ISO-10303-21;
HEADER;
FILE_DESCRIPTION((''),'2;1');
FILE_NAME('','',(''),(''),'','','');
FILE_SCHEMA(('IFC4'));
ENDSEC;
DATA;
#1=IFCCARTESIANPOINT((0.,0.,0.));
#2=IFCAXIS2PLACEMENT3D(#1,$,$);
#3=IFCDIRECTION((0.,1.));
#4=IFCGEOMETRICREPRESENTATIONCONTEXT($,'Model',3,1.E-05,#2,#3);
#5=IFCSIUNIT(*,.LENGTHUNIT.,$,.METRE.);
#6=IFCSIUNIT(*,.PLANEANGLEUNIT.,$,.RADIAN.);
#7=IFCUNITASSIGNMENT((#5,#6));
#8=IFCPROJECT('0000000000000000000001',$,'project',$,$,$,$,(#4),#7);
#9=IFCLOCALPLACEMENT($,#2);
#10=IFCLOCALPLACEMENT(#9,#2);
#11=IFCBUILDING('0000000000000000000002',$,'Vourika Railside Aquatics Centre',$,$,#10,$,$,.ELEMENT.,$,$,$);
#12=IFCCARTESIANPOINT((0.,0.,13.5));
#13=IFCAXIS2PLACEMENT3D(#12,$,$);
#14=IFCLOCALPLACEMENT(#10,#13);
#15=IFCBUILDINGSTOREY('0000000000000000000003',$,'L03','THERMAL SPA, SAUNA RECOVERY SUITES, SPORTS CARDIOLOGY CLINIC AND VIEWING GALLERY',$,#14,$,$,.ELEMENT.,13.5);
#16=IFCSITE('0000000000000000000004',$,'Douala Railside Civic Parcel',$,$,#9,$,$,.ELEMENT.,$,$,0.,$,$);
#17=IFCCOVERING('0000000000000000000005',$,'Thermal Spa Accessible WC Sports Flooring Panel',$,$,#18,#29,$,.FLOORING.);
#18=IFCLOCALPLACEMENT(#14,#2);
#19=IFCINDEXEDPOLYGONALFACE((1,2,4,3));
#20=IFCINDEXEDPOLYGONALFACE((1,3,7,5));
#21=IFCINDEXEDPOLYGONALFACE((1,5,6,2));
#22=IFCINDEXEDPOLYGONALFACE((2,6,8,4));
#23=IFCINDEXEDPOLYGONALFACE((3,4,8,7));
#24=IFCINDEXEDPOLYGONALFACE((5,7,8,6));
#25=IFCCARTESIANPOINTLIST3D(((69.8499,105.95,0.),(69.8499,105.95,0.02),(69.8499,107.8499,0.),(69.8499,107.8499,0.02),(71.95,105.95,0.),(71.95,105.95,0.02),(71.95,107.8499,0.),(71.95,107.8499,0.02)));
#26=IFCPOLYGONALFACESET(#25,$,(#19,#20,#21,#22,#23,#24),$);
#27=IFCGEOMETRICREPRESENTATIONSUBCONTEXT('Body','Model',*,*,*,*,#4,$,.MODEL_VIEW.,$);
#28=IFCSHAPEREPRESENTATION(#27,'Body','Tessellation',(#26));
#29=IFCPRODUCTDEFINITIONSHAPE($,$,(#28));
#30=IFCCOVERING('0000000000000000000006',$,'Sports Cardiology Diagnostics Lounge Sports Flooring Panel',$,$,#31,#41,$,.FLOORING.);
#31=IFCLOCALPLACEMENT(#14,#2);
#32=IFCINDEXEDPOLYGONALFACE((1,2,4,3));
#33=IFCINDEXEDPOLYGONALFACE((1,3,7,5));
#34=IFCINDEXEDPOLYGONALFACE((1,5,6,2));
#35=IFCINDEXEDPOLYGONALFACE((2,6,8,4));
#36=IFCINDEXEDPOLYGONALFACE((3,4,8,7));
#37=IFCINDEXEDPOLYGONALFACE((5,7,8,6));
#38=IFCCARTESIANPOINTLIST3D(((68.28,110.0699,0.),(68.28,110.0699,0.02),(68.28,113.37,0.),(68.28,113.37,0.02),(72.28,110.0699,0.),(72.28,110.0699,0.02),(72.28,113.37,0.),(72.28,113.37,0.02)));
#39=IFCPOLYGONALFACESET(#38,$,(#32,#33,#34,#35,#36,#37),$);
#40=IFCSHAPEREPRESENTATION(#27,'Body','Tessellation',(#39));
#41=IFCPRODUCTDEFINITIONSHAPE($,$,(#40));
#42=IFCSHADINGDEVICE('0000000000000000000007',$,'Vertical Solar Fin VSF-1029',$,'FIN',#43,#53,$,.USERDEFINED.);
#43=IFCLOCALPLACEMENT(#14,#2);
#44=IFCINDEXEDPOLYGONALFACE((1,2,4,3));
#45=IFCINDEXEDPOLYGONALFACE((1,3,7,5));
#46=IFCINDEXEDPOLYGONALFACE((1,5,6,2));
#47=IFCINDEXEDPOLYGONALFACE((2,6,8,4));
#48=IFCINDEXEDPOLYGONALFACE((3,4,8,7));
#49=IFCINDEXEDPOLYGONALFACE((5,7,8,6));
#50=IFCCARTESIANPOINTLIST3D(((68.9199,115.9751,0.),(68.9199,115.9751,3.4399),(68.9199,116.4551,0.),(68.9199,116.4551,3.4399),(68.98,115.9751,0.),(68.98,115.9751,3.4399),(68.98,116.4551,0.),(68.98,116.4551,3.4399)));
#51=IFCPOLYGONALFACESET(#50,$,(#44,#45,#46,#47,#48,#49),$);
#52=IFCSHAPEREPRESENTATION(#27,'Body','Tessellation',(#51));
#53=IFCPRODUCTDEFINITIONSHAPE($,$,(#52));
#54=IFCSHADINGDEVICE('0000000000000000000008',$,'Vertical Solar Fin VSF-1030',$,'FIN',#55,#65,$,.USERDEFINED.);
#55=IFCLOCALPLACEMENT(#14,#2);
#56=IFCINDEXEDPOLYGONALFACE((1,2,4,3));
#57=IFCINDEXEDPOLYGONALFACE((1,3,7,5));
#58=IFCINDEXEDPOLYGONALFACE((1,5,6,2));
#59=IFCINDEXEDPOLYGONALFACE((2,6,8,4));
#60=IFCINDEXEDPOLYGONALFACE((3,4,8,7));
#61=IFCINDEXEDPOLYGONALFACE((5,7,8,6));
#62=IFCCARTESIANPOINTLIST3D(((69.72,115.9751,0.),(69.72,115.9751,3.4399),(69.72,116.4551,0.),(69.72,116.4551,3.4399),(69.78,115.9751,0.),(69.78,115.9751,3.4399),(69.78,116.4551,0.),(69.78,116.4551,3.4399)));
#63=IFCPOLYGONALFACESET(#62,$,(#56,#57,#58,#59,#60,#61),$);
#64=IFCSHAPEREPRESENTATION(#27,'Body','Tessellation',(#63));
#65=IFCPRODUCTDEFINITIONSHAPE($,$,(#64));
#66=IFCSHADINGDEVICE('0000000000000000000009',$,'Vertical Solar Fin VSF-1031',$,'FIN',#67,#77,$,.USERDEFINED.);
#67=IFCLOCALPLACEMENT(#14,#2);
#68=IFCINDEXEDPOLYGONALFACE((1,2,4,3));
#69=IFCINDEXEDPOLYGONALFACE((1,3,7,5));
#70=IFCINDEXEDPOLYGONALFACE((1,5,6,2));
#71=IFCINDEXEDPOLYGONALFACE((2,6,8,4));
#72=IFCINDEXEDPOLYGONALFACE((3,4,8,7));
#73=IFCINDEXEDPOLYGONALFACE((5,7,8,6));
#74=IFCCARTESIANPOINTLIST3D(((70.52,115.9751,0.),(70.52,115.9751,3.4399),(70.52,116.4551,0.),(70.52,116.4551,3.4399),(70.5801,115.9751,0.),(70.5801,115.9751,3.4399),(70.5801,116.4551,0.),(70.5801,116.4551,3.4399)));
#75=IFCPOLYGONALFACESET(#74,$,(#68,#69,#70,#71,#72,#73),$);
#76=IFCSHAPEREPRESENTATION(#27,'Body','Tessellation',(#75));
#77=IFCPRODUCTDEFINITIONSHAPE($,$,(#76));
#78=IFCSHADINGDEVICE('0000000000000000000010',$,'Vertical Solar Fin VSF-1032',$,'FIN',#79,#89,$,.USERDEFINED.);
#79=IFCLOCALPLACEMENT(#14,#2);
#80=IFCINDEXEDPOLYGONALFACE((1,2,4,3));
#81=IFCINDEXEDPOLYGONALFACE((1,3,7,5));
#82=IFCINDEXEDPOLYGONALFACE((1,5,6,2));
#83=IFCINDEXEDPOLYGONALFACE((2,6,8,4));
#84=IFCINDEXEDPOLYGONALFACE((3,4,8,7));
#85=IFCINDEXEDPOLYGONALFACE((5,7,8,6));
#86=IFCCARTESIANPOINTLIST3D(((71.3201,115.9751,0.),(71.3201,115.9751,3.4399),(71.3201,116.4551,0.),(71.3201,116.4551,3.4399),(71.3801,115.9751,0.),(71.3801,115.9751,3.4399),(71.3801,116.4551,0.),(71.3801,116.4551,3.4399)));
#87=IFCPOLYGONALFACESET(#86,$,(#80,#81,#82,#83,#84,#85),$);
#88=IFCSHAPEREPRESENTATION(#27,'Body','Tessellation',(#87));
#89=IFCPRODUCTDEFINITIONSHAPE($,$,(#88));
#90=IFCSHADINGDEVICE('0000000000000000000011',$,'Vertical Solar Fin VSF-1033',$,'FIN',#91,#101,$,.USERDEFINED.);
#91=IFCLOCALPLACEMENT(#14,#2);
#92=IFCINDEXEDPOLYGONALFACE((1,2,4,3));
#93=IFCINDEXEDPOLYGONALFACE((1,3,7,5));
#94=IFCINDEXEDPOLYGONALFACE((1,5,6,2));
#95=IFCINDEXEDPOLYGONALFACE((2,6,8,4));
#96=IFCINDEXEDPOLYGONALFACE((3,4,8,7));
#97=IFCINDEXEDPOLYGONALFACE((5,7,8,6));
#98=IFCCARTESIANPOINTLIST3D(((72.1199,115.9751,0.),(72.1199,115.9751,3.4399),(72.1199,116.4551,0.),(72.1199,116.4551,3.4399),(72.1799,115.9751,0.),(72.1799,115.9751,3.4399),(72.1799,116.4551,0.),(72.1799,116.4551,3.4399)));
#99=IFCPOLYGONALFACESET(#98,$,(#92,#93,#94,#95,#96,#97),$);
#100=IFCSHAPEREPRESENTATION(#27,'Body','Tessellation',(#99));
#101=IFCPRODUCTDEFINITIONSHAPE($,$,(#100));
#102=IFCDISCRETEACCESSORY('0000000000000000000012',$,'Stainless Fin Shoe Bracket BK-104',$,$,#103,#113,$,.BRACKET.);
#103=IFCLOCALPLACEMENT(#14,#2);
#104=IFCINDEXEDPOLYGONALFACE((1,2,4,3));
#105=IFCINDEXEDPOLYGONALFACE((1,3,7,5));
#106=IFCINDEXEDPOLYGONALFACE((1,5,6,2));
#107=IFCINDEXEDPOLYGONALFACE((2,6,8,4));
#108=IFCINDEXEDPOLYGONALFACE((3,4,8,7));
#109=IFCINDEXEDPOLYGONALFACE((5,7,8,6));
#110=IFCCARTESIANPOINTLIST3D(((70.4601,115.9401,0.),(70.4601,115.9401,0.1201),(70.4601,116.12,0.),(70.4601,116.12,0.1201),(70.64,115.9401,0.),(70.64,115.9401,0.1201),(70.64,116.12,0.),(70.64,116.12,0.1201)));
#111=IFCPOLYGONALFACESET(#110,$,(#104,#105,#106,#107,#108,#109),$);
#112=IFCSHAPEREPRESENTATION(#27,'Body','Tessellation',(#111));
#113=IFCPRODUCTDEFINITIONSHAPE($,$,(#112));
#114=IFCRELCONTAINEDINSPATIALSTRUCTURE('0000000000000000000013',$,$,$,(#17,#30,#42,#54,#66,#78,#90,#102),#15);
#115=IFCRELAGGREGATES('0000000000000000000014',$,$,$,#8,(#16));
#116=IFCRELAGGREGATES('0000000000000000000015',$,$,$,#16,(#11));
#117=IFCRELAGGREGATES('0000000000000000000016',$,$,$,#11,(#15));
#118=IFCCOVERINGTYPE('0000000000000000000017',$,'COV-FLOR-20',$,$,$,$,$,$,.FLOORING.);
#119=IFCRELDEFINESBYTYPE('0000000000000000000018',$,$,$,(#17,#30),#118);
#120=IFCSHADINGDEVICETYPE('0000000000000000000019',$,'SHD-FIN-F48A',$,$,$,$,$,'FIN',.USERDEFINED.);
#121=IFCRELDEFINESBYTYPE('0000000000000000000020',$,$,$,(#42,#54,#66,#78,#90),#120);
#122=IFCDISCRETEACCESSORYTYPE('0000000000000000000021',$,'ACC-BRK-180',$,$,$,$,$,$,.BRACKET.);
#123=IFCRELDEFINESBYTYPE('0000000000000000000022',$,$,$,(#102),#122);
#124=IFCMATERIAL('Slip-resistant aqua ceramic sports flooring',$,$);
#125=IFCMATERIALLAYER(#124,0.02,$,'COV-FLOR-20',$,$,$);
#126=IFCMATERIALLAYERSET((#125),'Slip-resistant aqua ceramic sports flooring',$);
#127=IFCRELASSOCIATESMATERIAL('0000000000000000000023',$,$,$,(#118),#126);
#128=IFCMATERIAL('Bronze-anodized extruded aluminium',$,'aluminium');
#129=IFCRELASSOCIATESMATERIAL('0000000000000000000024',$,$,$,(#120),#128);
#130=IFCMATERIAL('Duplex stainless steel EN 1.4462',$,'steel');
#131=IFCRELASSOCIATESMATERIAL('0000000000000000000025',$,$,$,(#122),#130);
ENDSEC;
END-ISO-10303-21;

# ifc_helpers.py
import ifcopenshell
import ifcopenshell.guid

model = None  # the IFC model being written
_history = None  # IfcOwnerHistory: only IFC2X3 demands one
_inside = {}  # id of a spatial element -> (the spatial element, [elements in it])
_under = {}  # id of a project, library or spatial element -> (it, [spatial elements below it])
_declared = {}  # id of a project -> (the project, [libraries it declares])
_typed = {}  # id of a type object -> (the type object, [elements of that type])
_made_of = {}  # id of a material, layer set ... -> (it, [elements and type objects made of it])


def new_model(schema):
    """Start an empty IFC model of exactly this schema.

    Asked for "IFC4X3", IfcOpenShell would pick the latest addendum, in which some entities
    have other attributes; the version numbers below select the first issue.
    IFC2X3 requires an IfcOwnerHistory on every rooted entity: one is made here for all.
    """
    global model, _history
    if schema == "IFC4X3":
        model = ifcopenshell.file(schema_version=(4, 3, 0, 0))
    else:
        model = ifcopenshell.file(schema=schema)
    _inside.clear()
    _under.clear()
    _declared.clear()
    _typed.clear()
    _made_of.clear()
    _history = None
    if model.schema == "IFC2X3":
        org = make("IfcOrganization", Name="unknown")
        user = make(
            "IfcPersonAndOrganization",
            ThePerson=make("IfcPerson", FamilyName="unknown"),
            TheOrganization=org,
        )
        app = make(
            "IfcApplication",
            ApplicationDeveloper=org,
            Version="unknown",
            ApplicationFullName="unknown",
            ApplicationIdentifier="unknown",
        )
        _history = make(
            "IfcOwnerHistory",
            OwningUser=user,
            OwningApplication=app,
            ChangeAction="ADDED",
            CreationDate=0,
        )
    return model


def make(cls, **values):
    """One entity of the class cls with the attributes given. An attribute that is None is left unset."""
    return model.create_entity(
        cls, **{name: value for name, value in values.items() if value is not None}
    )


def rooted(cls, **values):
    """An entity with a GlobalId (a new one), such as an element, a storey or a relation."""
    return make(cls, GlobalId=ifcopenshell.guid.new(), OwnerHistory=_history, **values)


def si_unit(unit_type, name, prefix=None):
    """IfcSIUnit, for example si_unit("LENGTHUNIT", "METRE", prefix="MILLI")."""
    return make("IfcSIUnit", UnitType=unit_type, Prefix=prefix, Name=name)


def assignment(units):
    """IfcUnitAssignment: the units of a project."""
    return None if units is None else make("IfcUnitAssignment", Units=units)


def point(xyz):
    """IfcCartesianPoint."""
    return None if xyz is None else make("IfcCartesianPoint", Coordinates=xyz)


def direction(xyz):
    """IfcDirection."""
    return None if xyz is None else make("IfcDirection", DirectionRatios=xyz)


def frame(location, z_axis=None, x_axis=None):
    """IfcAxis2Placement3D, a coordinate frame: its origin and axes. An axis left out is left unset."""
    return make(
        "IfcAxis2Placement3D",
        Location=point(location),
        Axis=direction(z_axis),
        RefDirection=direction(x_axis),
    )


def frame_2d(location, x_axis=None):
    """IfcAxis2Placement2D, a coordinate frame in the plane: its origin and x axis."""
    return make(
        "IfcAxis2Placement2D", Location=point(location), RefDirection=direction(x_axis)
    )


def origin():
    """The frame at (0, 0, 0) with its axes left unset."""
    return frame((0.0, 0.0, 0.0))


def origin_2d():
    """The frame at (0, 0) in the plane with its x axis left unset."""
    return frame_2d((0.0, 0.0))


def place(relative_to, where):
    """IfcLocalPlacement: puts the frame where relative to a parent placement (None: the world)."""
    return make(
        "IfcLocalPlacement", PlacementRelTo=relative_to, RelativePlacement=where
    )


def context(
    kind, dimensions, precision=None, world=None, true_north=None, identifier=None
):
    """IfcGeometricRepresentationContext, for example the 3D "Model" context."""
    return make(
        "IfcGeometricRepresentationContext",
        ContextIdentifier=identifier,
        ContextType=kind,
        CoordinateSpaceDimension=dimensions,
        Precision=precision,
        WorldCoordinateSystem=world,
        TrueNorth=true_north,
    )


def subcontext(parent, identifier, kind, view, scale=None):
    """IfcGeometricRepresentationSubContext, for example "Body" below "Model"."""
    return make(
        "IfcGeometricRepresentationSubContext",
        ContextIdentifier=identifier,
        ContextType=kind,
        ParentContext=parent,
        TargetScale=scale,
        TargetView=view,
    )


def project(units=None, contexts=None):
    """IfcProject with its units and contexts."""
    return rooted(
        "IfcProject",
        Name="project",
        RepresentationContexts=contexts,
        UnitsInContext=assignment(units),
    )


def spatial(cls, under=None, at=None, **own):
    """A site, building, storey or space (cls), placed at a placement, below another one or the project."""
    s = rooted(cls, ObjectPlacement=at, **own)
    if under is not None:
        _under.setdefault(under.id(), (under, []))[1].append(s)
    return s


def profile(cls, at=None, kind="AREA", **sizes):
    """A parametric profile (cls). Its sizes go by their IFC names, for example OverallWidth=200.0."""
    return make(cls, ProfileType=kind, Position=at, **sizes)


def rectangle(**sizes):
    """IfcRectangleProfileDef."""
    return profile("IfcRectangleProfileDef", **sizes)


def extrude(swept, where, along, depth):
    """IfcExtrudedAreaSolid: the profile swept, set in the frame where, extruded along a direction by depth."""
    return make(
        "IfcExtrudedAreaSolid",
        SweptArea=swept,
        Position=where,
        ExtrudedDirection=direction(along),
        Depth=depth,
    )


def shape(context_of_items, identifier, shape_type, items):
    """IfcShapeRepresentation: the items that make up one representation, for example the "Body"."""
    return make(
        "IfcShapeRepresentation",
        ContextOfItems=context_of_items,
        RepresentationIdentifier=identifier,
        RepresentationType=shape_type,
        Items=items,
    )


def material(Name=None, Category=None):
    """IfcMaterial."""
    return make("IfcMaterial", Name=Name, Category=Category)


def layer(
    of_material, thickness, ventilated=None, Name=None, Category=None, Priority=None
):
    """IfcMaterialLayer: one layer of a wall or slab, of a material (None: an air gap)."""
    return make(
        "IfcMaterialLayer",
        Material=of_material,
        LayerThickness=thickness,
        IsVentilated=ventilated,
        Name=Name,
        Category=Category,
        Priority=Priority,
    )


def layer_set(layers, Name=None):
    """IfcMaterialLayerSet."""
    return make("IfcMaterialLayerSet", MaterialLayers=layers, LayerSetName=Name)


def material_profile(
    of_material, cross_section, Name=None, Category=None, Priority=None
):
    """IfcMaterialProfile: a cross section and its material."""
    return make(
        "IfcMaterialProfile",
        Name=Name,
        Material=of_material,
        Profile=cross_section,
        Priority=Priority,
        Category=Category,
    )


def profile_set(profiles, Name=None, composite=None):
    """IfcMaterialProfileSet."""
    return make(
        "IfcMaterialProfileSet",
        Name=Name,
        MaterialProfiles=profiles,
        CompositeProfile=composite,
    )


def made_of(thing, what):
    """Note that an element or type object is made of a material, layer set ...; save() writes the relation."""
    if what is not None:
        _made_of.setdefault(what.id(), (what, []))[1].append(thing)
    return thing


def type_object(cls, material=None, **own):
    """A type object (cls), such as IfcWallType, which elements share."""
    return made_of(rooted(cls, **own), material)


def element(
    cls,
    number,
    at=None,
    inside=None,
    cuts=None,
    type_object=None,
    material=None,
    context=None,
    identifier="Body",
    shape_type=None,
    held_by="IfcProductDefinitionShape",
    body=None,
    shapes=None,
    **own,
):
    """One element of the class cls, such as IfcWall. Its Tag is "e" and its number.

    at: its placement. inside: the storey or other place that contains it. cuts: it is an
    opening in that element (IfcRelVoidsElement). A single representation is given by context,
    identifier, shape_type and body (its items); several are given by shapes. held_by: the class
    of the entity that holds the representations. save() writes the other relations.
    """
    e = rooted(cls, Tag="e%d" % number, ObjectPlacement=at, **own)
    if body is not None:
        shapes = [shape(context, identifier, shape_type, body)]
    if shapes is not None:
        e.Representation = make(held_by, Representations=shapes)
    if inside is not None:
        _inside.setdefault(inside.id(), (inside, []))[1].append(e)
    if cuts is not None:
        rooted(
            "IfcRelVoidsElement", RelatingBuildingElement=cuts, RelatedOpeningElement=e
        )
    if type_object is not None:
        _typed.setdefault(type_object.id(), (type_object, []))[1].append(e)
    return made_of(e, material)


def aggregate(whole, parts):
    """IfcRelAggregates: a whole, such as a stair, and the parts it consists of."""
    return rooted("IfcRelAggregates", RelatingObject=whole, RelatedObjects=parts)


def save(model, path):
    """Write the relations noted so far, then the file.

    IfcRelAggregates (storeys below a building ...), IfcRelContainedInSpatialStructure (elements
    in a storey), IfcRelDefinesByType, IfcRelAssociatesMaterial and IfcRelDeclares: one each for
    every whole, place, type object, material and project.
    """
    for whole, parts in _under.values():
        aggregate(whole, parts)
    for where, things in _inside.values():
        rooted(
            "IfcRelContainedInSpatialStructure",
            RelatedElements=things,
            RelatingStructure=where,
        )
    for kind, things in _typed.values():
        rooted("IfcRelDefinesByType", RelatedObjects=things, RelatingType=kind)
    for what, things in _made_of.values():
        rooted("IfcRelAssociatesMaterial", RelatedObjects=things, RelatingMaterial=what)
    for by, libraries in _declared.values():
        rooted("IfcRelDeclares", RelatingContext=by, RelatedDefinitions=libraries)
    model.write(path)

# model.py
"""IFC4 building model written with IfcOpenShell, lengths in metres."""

from ifc_helpers import new_model, si_unit, direction, frame, origin, origin_2d, place, context, subcontext, project, spatial, rectangle, extrude, material, layer, layer_set, material_profile, profile_set, type_object, element, save


model = new_model("IFC4")

# Units and contexts
model_context = context("Model", 3, precision=1e-05, world=origin(), true_north=direction((0.0, 1.0)))
body_context = subcontext(model_context, "Body", "Model", "MODEL_VIEW")
ifc_project = project(units=[si_unit("LENGTHUNIT", "METRE"), si_unit("PLANEANGLEUNIT", "RADIAN")], contexts=[model_context])

# Site, building, storey
site_placement = place(None, origin())
site = spatial("IfcSite", under=ifc_project, at=site_placement, Name="Douala Railside Civic Parcel", CompositionType="ELEMENT", RefElevation=0.0)
building_placement = place(site_placement, origin())
building = spatial("IfcBuilding", under=site, at=building_placement, Name="Vourika Railside Aquatics Centre", CompositionType="ELEMENT")
storey_placement = place(building_placement, frame((0.0, 0.0, 13.5)))
storey = spatial("IfcBuildingStorey", under=building, at=storey_placement, Name="L03", Description="THERMAL SPA, SAUNA RECOVERY SUITES, SPORTS CARDIOLOGY CLINIC AND VIEWING GALLERY", CompositionType="ELEMENT", Elevation=13.5)

# Coverings
ifc_material_1 = material(Name="Slip-resistant aqua ceramic sports flooring")
ifc_layer_1 = layer(ifc_material_1, 0.02, Name="COV-FLOR-20")
ifc_layer_set_1 = layer_set([ifc_layer_1], Name="Slip-resistant aqua ceramic sports flooring")
covering_type_1 = type_object("IfcCoveringType", Name="COV-FLOR-20", PredefinedType="FLOORING", material=ifc_layer_set_1)
covering_1_placement = place(storey_placement, frame((70.8999, 106.8999, 0.0), z_axis=(0.0, 0.0, 1.0), x_axis=(1.0, 0.0, 0.0)))
element("IfcCovering", 1, at=covering_1_placement, inside=storey, type_object=covering_type_1, Name="Thermal Spa Accessible WC Sports Flooring Panel", PredefinedType="FLOORING", context=body_context, shape_type="SweptSolid", body=[
    extrude(rectangle(XDim=2.1001, YDim=1.8999, at=origin_2d()), origin(), (0.0, 0.0, 1.0), 0.02),
])
covering_2_placement = place(storey_placement, frame((70.28, 111.72, 0.0), z_axis=(0.0, 0.0, 1.0), x_axis=(1.0, 0.0, 0.0)))
element("IfcCovering", 2, at=covering_2_placement, inside=storey, type_object=covering_type_1, Name="Sports Cardiology Diagnostics Lounge Sports Flooring Panel", PredefinedType="FLOORING", context=body_context, shape_type="SweptSolid", body=[
    extrude(rectangle(XDim=4.0, YDim=3.3, at=origin_2d()), origin(), (0.0, 0.0, 1.0), 0.02),
])

# Shading devices
ifc_material_2 = material(Name="Bronze-anodized extruded aluminium", Category="aluminium")
ifc_material_profile_1 = material_profile(ifc_material_2, rectangle(XDim=0.0601, YDim=0.48, at=origin_2d()), Name="ALU-FIN 60x480")
ifc_profile_set_1 = profile_set([ifc_material_profile_1], Name="Bronze-anodized extruded aluminium")
shading_device_type = type_object("IfcShadingDeviceType", Name="SHD-FIN-F48A", ElementType="FIN", PredefinedType="USERDEFINED", material=ifc_profile_set_1)
for number, where, z_axis, x_axis, name in (
    (3, (68.95, 116.2151, 0.0), (0.0, 0.0, 1.0), (1.0, 0.0, 0.0), "Vertical Solar Fin VSF-1029"),
    (4, (69.75, 116.2151, 0.0), (0.0, 0.0, 1.0), (1.0, 0.0, 0.0), "Vertical Solar Fin VSF-1030"),
    (5, (70.55, 116.2151, 0.0), (0.0, 0.0, 1.0), (1.0, 0.0, 0.0), "Vertical Solar Fin VSF-1031"),
    (6, (71.3501, 116.2151, 0.0), (0.0, 0.0, 1.0), (1.0, 0.0, 0.0), "Vertical Solar Fin VSF-1032"),
    (7, (72.1499, 116.2151, 0.0), (0.0, 0.0, 1.0), (1.0, 0.0, 0.0), "Vertical Solar Fin VSF-1033"),
):
    element("IfcShadingDevice", number, at=place(storey_placement, frame(where, z_axis=z_axis, x_axis=x_axis)), inside=storey, type_object=shading_device_type, Name=name, ObjectType="FIN", PredefinedType="USERDEFINED", context=body_context, shape_type="SweptSolid", body=[
        extrude(rectangle(XDim=0.0601, YDim=0.48, at=origin_2d()), origin(), (0.0, 0.0, 1.0), 3.4399),
    ])

# Discrete accessory
ifc_material_3 = material(Name="Duplex stainless steel EN 1.4462", Category="steel")
discrete_accessory_type = type_object("IfcDiscreteAccessoryType", Name="ACC-BRK-180", PredefinedType="BRACKET", material=ifc_material_3)
discrete_accessory_placement = place(storey_placement, frame((70.55, 116.03, 0.0), z_axis=(0.0, 0.0, 1.0), x_axis=(0.0, 1.0, 0.0)))
element("IfcDiscreteAccessory", 8, at=discrete_accessory_placement, inside=storey, type_object=discrete_accessory_type, Name="Stainless Fin Shoe Bracket BK-104", PredefinedType="BRACKET", context=body_context, shape_type="SweptSolid", body=[
    extrude(rectangle(XDim=0.1799, YDim=0.1799, at=origin_2d()), origin(), (0.0, 0.0, 1.0), 0.1201),
])

save(model, "model.ifc")
